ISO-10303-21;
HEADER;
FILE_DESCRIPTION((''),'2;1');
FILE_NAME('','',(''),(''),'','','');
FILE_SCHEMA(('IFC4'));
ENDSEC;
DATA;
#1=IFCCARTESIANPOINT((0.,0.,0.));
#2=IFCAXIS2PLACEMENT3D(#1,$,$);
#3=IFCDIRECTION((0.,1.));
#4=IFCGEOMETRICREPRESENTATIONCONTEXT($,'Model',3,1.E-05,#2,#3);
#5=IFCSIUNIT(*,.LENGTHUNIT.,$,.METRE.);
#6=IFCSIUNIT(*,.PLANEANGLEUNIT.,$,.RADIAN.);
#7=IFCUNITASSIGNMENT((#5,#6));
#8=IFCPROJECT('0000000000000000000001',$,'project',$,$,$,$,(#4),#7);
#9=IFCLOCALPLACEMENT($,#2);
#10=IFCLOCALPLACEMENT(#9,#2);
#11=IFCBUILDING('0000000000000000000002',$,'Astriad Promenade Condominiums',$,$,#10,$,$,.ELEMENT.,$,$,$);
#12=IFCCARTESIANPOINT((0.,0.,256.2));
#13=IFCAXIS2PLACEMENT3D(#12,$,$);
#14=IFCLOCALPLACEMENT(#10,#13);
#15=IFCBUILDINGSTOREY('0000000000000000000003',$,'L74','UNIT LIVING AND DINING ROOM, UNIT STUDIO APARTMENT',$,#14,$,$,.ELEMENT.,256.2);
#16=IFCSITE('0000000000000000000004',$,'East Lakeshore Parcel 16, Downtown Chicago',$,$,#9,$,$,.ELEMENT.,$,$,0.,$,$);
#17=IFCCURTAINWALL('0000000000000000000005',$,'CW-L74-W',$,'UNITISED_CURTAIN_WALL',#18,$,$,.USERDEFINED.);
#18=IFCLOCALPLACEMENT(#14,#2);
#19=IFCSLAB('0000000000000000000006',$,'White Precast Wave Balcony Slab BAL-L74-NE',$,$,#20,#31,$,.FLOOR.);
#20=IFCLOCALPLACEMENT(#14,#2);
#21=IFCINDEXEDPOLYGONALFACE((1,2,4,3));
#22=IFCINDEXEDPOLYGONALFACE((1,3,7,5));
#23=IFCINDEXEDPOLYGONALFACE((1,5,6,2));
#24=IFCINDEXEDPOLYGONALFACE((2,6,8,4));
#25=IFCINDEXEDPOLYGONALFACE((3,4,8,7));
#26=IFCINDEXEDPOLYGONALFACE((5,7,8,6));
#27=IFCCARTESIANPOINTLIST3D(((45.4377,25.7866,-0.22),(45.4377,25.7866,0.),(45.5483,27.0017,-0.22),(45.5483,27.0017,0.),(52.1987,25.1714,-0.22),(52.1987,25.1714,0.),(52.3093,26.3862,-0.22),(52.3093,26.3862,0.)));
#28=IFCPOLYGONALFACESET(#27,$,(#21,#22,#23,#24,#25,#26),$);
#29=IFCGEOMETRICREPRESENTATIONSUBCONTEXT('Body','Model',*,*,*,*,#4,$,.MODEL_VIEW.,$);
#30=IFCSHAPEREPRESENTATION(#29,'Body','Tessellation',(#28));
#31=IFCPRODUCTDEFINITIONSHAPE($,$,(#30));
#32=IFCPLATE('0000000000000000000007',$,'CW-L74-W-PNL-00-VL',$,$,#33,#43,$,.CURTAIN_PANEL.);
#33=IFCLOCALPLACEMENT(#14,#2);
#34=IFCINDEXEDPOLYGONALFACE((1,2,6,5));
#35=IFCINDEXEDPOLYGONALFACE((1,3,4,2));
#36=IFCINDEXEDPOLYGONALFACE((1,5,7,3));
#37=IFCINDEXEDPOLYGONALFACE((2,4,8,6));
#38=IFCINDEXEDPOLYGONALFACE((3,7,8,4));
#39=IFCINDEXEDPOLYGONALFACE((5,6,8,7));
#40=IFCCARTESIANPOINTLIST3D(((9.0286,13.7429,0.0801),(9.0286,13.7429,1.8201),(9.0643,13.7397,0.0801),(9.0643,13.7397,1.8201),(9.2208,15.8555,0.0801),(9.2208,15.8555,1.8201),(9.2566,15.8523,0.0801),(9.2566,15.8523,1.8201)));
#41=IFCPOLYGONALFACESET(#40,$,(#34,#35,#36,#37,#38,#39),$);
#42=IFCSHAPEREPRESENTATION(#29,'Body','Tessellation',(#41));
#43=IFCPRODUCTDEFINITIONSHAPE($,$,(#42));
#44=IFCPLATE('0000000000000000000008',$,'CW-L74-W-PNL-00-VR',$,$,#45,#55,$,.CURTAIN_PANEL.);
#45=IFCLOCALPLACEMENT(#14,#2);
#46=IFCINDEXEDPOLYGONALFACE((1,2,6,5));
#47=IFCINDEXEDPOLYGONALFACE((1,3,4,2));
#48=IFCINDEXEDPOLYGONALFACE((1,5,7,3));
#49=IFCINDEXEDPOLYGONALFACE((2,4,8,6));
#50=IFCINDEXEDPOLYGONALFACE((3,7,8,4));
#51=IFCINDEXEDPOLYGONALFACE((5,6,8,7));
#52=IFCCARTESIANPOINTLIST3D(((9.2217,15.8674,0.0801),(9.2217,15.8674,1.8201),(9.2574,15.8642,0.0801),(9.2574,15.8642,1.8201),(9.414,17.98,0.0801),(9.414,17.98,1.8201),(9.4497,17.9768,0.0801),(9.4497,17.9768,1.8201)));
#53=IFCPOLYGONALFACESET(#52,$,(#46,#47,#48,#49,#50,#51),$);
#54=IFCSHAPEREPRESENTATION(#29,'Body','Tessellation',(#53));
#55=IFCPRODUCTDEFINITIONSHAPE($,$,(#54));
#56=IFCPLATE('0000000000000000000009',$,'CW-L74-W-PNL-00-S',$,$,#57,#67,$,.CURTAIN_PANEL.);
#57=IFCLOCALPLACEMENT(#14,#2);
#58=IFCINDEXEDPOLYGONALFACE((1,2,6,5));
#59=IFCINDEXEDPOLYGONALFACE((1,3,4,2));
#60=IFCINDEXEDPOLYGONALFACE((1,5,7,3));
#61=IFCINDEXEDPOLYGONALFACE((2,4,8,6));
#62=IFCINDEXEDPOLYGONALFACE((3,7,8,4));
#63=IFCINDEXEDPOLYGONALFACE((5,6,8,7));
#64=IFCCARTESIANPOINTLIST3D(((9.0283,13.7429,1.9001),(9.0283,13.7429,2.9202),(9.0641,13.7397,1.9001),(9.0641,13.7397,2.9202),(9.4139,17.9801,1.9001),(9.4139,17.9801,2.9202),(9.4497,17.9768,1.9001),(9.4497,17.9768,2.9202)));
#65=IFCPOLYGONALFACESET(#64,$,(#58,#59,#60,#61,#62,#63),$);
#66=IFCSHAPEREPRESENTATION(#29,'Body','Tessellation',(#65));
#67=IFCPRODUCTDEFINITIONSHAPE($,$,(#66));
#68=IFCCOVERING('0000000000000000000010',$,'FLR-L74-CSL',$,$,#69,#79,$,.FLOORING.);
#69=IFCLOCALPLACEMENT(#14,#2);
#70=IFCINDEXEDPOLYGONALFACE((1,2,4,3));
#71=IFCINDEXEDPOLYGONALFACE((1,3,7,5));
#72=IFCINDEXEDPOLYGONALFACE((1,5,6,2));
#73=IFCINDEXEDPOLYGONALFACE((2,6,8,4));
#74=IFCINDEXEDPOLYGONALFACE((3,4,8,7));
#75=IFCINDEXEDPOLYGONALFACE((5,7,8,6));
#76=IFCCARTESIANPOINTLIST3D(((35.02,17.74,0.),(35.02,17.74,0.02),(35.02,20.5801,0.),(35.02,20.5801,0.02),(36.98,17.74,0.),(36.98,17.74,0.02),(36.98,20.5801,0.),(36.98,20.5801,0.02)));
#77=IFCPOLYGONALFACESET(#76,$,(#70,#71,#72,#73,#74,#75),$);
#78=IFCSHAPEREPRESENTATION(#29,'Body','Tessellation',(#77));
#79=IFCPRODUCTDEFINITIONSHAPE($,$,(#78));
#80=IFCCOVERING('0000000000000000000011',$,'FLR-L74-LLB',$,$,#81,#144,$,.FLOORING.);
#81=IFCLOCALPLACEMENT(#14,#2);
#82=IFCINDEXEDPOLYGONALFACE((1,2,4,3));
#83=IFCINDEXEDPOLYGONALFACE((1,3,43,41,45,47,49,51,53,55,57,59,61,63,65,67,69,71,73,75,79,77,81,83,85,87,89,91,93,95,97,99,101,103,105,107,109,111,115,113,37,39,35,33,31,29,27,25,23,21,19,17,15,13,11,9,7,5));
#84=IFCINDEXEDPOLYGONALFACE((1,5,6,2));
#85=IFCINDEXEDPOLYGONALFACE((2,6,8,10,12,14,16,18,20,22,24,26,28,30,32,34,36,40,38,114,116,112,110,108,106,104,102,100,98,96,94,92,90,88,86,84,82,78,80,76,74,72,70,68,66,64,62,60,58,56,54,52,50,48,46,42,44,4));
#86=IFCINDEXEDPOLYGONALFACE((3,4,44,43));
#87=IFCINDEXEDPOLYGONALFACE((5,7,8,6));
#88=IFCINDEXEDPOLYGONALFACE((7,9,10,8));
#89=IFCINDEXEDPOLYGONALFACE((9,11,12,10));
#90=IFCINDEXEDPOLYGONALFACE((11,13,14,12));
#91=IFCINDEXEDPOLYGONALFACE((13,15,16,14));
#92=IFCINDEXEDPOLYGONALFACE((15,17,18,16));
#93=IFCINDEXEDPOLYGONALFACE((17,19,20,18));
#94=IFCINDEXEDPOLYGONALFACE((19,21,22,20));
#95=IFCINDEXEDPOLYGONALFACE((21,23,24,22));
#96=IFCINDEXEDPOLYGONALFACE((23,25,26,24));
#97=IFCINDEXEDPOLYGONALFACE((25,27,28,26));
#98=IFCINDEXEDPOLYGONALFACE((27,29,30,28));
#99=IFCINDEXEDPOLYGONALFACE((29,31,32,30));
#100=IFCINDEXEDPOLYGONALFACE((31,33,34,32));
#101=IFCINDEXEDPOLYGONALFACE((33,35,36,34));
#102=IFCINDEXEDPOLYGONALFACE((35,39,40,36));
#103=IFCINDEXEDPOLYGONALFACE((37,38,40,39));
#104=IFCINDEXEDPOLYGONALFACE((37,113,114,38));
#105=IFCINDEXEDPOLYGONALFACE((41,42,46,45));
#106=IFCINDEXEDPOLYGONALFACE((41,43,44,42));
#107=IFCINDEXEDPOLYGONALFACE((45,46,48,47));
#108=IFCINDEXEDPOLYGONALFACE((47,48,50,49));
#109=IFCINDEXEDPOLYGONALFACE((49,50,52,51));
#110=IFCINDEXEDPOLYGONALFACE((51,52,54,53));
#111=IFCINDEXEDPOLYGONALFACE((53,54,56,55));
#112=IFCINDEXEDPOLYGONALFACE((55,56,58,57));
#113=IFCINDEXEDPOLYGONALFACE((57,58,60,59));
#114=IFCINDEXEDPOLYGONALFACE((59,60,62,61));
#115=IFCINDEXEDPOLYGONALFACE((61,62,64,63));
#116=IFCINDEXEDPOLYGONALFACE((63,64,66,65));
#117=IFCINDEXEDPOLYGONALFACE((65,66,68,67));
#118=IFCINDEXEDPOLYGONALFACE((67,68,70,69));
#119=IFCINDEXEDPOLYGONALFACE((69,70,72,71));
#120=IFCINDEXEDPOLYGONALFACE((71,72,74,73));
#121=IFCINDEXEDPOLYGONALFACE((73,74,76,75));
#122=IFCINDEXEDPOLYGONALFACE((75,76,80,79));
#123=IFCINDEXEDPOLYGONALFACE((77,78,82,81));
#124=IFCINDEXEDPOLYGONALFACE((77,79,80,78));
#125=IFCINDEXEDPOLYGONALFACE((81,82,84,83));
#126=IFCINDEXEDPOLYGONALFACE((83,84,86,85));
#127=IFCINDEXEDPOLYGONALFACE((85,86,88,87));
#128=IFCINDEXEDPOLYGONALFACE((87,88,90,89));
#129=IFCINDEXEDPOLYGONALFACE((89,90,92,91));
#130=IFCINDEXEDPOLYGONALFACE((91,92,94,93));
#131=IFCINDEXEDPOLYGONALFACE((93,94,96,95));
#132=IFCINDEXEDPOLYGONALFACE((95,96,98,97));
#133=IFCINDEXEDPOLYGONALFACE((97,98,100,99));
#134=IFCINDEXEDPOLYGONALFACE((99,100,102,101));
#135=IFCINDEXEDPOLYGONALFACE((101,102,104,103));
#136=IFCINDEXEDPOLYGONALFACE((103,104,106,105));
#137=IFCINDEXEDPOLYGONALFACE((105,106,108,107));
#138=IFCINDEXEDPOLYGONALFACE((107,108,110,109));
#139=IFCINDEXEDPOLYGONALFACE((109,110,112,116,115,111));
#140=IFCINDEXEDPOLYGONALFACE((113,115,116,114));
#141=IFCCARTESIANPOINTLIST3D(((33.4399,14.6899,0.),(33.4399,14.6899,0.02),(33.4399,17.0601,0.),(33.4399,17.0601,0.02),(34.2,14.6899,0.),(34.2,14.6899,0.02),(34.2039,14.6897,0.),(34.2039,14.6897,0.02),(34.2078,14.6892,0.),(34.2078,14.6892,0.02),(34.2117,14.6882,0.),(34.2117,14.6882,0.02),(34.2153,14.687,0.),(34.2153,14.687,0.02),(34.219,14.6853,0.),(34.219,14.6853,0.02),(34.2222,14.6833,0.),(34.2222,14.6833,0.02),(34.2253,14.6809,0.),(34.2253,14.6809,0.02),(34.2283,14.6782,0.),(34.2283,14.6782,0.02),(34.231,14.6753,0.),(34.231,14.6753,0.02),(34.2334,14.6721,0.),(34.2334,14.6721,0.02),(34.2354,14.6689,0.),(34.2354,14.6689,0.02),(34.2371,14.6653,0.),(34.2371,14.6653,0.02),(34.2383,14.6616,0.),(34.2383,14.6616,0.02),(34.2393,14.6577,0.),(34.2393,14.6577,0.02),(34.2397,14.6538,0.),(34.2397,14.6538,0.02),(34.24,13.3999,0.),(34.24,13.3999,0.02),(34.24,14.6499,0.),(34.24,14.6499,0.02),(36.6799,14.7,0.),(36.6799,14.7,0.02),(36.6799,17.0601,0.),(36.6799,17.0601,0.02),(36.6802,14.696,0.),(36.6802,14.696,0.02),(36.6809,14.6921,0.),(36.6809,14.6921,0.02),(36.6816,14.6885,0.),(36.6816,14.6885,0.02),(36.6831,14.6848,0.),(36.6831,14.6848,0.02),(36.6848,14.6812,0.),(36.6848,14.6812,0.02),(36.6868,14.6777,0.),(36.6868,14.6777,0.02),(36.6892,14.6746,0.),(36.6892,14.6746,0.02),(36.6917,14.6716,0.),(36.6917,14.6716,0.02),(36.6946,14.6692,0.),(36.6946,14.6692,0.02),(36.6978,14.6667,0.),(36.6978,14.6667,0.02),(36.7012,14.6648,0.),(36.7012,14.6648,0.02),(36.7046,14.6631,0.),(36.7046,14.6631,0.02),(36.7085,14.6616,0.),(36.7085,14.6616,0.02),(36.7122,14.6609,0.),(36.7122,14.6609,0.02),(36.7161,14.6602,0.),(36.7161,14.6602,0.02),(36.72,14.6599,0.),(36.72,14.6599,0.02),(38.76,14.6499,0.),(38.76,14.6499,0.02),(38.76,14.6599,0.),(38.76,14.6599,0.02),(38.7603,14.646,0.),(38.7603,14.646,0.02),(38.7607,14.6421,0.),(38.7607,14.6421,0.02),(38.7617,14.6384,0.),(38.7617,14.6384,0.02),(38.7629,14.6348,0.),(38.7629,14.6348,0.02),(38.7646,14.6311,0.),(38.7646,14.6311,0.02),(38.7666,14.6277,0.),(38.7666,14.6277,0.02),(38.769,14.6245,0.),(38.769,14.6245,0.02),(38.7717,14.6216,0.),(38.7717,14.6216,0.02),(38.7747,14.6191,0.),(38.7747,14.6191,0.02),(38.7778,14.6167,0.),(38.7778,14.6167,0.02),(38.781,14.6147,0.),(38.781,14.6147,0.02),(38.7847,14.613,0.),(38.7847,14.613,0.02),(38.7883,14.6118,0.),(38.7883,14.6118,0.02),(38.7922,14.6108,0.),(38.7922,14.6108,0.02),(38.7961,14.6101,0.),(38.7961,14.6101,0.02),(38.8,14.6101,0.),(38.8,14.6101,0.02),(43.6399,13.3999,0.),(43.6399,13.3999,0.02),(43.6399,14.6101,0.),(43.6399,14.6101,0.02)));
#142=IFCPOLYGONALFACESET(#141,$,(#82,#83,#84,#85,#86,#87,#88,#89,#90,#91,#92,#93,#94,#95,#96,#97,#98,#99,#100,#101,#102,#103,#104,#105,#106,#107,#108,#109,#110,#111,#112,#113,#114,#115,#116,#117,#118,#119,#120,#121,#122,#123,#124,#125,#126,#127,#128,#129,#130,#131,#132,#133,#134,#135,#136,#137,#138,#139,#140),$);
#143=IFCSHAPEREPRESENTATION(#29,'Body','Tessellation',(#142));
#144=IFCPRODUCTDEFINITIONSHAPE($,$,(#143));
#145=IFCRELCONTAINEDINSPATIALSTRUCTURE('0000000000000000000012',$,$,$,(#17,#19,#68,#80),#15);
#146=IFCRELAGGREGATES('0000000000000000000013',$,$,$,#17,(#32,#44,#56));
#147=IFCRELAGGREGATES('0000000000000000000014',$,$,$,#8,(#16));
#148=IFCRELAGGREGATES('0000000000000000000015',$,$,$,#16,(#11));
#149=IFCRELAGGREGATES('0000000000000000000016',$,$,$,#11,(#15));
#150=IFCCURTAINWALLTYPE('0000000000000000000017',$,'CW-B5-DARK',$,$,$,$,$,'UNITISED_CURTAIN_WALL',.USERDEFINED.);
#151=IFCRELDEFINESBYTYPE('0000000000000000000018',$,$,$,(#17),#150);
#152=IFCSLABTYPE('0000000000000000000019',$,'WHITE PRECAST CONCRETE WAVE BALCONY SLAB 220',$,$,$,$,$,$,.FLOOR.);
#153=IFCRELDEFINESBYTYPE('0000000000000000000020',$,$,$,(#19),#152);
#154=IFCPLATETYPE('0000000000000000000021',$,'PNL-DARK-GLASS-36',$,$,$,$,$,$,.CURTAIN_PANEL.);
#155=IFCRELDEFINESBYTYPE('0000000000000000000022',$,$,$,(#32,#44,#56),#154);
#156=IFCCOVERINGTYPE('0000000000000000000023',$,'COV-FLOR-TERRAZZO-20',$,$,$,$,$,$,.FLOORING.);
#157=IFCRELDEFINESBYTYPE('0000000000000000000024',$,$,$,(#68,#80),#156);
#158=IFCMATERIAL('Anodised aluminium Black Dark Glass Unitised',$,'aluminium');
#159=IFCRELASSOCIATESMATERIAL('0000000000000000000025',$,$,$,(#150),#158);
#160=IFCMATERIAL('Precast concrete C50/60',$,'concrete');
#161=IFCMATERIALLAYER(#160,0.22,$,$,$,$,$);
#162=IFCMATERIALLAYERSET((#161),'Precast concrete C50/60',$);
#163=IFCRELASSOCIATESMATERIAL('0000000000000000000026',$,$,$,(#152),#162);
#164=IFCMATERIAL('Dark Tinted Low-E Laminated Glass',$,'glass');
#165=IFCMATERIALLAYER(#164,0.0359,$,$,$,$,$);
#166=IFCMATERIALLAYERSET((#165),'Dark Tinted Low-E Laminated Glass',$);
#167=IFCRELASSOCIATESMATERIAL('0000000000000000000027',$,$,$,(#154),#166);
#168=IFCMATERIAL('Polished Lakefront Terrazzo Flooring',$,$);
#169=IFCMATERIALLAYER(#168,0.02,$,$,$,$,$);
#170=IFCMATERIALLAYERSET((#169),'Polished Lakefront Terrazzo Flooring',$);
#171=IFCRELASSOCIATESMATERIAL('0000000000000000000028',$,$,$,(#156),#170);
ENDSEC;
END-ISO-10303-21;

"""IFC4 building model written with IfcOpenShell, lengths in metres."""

from ifc_helpers import new_model, si_unit, direction, frame, origin, origin_2d, place, context, subcontext, project, spatial, polyline, rectangle, outline, extrude, source, transform, mapped, material, layer, layer_set, type_object, type_shapes, element, aggregate, save


model = new_model("IFC4")

# Units and contexts
model_context = context("Model", 3, precision=1e-05, world=origin(), true_north=direction((0.0, 1.0)))
body_context = subcontext(model_context, "Body", "Model", "MODEL_VIEW")
ifc_project = project(units=[si_unit("LENGTHUNIT", "METRE"), si_unit("PLANEANGLEUNIT", "RADIAN")], contexts=[model_context])

# Site, building, storey
site_placement = place(None, origin())
site = spatial("IfcSite", under=ifc_project, at=site_placement, Name="East Lakeshore Parcel 16, Downtown Chicago", CompositionType="ELEMENT", RefElevation=0.0)
building_placement = place(site_placement, origin())
building = spatial("IfcBuilding", under=site, at=building_placement, Name="Astriad Promenade Condominiums", CompositionType="ELEMENT")
storey_placement = place(building_placement, frame((0.0, 0.0, 256.2)))
storey = spatial("IfcBuildingStorey", under=building, at=storey_placement, Name="L74", Description="UNIT LIVING AND DINING ROOM, UNIT STUDIO APARTMENT", CompositionType="ELEMENT", Elevation=256.2)

# Curtain wall
ifc_material_1 = material(Name="Anodised aluminium Black Dark Glass Unitised", Category="aluminium")
curtain_wall_type = type_object("IfcCurtainWallType", Name="CW-B5-DARK", ElementType="UNITISED_CURTAIN_WALL", PredefinedType="USERDEFINED", material=ifc_material_1)
curtain_wall_placement = place(storey_placement, origin())
curtain_wall = element("IfcCurtainWall", 1, at=curtain_wall_placement, inside=storey, type_object=curtain_wall_type, Name="CW-L74-W", ObjectType="UNITISED_CURTAIN_WALL", PredefinedType="USERDEFINED")

# Slab
ifc_material_2 = material(Name="Precast concrete C50/60", Category="concrete")
ifc_layer_1 = layer(ifc_material_2, 0.22)
ifc_layer_set_1 = layer_set([ifc_layer_1], Name="Precast concrete C50/60")
slab_type_1 = type_object("IfcSlabType", Name="WHITE PRECAST CONCRETE WAVE BALCONY SLAB 220", PredefinedType="FLOOR", material=ifc_layer_set_1)
slab_1_placement = place(storey_placement, frame((0.0, 0.0, -0.22)))
element("IfcSlab", 2, at=slab_1_placement, inside=storey, type_object=slab_type_1, Name="White Precast Wave Balcony Slab BAL-L74-NE", PredefinedType="FLOOR", context=body_context, shape_type="SweptSolid", body=[
    extrude(outline(polyline([(45.4377, 25.7866), (52.1987, 25.1714), (52.3093, 26.3862), (45.5483, 27.0017), (45.4377, 25.7866)])), origin(), (0.0, 0.0, 1.0), 0.22),
])

# Plates
ifc_material_3 = material(Name="Dark Tinted Low-E Laminated Glass", Category="glass")
ifc_layer_2 = layer(ifc_material_3, 0.0359)
ifc_layer_set_2 = layer_set([ifc_layer_2], Name="Dark Tinted Low-E Laminated Glass")
plate_type = type_object("IfcPlateType", Name="PNL-DARK-GLASS-36", PredefinedType="CURTAIN_PANEL", material=ifc_layer_set_2)
shared_shape_1 = source(origin(), body_context, "Body", "SweptSolid", [
    extrude(rectangle(XDim=2.1213, YDim=0.0359, at=origin_2d()), origin(), (0.0, 0.0, 1.0), 1.74),
])
plate_1_placement = place(storey_placement, frame((9.1426, 14.7976, 0.0801), z_axis=(0.0, 0.0, 1.0), x_axis=(0.090633, 0.995884, 0.0)))
plate_1 = element("IfcPlate", 3, at=plate_1_placement, type_object=plate_type, Name="CW-L74-W-PNL-00-VL", PredefinedType="CURTAIN_PANEL", context=body_context, shape_type="MappedRepresentation", body=[
    mapped(shared_shape_1, transform((0.0, 0.0, 0.0), scale=1.0)),
])
plate_2_placement = place(storey_placement, frame((9.3357, 16.9221, 0.0801), z_axis=(0.0, 0.0, 1.0), x_axis=(0.090633, 0.995884, 0.0)))
plate_2 = element("IfcPlate", 4, at=plate_2_placement, type_object=plate_type, Name="CW-L74-W-PNL-00-VR", PredefinedType="CURTAIN_PANEL", context=body_context, shape_type="MappedRepresentation", body=[
    mapped(shared_shape_1, transform((0.0, 0.0, 0.0), scale=1.0)),
])
shared_shape_2 = source(origin(), body_context, "Body", "SweptSolid", [
    extrude(rectangle(XDim=4.2546, YDim=0.0359, at=origin_2d()), origin(), (0.0, 0.0, 1.0), 1.02),
])
type_shapes(plate_type, [shared_shape_1, shared_shape_2])
plate_3_placement = place(storey_placement, frame((9.239, 15.8599, 1.9001), z_axis=(0.0, 0.0, 1.0), x_axis=(0.090633, 0.995884, 0.0)))
plate_3 = element("IfcPlate", 5, at=plate_3_placement, type_object=plate_type, Name="CW-L74-W-PNL-00-S", PredefinedType="CURTAIN_PANEL", context=body_context, shape_type="MappedRepresentation", body=[
    mapped(shared_shape_2, transform((0.0, 0.0, 0.0), scale=1.0)),
])
aggregate(curtain_wall, [plate_1, plate_2, plate_3])

# Coverings
ifc_material_4 = material(Name="Polished Lakefront Terrazzo Flooring")
ifc_layer_3 = layer(ifc_material_4, 0.02)
ifc_layer_set_3 = layer_set([ifc_layer_3], Name="Polished Lakefront Terrazzo Flooring")
covering_type = type_object("IfcCoveringType", Name="COV-FLOR-TERRAZZO-20", PredefinedType="FLOORING", material=ifc_layer_set_3)
covering_1_placement = place(storey_placement, origin())
element("IfcCovering", 6, at=covering_1_placement, inside=storey, type_object=covering_type, Name="FLR-L74-CSL", PredefinedType="FLOORING", context=body_context, shape_type="SweptSolid", body=[
    extrude(outline(polyline([(36.98, 17.74), (35.02, 17.74), (35.02, 20.5801), (36.98, 20.5801), (36.98, 17.74)])), origin(), (0.0, 0.0, 1.0), 0.02),
])
covering_2_placement = place(storey_placement, origin())
element("IfcCovering", 7, at=covering_2_placement, inside=storey, type_object=covering_type, Name="FLR-L74-LLB", PredefinedType="FLOORING", context=body_context, shape_type="SweptSolid", body=[
    extrude(outline(polyline([(43.6399, 14.6101), (43.6399, 13.3999), (34.24, 13.3999), (34.24, 14.6499), (34.2397, 14.6538), (34.2393, 14.6577), (34.2383, 14.6616), (34.2371, 14.6653), (34.2354, 14.6689), (34.2334, 14.6721), (34.231, 14.6753), (34.2283, 14.6782), (34.2253, 14.6809), (34.2222, 14.6833), (34.219, 14.6853), (34.2153, 14.687), (34.2117, 14.6882), (34.2078, 14.6892), (34.2039, 14.6897), (34.2, 14.6899), (33.4399, 14.6899), (33.4399, 17.0601), (36.6799, 17.0601), (36.6799, 14.7), (36.6802, 14.696), (36.6809, 14.6921), (36.6816, 14.6885), (36.6831, 14.6848), (36.6848, 14.6812), (36.6868, 14.6777), (36.6892, 14.6746), (36.6917, 14.6716), (36.6946, 14.6692), (36.6978, 14.6667), (36.7012, 14.6648), (36.7046, 14.6631), (36.7085, 14.6616), (36.7122, 14.6609), (36.7161, 14.6602), (36.72, 14.6599), (38.76, 14.6599), (38.76, 14.6499), (38.7603, 14.646), (38.7607, 14.6421), (38.7617, 14.6384), (38.7629, 14.6348), (38.7646, 14.6311), (38.7666, 14.6277), (38.769, 14.6245), (38.7717, 14.6216), (38.7747, 14.6191), (38.7778, 14.6167), (38.781, 14.6147), (38.7847, 14.613), (38.7883, 14.6118), (38.7922, 14.6108), (38.7961, 14.6101), (38.8, 14.6101), (43.6399, 14.6101)])), origin(), (0.0, 0.0, 1.0), 0.02),
])

save(model, "model.ifc")
